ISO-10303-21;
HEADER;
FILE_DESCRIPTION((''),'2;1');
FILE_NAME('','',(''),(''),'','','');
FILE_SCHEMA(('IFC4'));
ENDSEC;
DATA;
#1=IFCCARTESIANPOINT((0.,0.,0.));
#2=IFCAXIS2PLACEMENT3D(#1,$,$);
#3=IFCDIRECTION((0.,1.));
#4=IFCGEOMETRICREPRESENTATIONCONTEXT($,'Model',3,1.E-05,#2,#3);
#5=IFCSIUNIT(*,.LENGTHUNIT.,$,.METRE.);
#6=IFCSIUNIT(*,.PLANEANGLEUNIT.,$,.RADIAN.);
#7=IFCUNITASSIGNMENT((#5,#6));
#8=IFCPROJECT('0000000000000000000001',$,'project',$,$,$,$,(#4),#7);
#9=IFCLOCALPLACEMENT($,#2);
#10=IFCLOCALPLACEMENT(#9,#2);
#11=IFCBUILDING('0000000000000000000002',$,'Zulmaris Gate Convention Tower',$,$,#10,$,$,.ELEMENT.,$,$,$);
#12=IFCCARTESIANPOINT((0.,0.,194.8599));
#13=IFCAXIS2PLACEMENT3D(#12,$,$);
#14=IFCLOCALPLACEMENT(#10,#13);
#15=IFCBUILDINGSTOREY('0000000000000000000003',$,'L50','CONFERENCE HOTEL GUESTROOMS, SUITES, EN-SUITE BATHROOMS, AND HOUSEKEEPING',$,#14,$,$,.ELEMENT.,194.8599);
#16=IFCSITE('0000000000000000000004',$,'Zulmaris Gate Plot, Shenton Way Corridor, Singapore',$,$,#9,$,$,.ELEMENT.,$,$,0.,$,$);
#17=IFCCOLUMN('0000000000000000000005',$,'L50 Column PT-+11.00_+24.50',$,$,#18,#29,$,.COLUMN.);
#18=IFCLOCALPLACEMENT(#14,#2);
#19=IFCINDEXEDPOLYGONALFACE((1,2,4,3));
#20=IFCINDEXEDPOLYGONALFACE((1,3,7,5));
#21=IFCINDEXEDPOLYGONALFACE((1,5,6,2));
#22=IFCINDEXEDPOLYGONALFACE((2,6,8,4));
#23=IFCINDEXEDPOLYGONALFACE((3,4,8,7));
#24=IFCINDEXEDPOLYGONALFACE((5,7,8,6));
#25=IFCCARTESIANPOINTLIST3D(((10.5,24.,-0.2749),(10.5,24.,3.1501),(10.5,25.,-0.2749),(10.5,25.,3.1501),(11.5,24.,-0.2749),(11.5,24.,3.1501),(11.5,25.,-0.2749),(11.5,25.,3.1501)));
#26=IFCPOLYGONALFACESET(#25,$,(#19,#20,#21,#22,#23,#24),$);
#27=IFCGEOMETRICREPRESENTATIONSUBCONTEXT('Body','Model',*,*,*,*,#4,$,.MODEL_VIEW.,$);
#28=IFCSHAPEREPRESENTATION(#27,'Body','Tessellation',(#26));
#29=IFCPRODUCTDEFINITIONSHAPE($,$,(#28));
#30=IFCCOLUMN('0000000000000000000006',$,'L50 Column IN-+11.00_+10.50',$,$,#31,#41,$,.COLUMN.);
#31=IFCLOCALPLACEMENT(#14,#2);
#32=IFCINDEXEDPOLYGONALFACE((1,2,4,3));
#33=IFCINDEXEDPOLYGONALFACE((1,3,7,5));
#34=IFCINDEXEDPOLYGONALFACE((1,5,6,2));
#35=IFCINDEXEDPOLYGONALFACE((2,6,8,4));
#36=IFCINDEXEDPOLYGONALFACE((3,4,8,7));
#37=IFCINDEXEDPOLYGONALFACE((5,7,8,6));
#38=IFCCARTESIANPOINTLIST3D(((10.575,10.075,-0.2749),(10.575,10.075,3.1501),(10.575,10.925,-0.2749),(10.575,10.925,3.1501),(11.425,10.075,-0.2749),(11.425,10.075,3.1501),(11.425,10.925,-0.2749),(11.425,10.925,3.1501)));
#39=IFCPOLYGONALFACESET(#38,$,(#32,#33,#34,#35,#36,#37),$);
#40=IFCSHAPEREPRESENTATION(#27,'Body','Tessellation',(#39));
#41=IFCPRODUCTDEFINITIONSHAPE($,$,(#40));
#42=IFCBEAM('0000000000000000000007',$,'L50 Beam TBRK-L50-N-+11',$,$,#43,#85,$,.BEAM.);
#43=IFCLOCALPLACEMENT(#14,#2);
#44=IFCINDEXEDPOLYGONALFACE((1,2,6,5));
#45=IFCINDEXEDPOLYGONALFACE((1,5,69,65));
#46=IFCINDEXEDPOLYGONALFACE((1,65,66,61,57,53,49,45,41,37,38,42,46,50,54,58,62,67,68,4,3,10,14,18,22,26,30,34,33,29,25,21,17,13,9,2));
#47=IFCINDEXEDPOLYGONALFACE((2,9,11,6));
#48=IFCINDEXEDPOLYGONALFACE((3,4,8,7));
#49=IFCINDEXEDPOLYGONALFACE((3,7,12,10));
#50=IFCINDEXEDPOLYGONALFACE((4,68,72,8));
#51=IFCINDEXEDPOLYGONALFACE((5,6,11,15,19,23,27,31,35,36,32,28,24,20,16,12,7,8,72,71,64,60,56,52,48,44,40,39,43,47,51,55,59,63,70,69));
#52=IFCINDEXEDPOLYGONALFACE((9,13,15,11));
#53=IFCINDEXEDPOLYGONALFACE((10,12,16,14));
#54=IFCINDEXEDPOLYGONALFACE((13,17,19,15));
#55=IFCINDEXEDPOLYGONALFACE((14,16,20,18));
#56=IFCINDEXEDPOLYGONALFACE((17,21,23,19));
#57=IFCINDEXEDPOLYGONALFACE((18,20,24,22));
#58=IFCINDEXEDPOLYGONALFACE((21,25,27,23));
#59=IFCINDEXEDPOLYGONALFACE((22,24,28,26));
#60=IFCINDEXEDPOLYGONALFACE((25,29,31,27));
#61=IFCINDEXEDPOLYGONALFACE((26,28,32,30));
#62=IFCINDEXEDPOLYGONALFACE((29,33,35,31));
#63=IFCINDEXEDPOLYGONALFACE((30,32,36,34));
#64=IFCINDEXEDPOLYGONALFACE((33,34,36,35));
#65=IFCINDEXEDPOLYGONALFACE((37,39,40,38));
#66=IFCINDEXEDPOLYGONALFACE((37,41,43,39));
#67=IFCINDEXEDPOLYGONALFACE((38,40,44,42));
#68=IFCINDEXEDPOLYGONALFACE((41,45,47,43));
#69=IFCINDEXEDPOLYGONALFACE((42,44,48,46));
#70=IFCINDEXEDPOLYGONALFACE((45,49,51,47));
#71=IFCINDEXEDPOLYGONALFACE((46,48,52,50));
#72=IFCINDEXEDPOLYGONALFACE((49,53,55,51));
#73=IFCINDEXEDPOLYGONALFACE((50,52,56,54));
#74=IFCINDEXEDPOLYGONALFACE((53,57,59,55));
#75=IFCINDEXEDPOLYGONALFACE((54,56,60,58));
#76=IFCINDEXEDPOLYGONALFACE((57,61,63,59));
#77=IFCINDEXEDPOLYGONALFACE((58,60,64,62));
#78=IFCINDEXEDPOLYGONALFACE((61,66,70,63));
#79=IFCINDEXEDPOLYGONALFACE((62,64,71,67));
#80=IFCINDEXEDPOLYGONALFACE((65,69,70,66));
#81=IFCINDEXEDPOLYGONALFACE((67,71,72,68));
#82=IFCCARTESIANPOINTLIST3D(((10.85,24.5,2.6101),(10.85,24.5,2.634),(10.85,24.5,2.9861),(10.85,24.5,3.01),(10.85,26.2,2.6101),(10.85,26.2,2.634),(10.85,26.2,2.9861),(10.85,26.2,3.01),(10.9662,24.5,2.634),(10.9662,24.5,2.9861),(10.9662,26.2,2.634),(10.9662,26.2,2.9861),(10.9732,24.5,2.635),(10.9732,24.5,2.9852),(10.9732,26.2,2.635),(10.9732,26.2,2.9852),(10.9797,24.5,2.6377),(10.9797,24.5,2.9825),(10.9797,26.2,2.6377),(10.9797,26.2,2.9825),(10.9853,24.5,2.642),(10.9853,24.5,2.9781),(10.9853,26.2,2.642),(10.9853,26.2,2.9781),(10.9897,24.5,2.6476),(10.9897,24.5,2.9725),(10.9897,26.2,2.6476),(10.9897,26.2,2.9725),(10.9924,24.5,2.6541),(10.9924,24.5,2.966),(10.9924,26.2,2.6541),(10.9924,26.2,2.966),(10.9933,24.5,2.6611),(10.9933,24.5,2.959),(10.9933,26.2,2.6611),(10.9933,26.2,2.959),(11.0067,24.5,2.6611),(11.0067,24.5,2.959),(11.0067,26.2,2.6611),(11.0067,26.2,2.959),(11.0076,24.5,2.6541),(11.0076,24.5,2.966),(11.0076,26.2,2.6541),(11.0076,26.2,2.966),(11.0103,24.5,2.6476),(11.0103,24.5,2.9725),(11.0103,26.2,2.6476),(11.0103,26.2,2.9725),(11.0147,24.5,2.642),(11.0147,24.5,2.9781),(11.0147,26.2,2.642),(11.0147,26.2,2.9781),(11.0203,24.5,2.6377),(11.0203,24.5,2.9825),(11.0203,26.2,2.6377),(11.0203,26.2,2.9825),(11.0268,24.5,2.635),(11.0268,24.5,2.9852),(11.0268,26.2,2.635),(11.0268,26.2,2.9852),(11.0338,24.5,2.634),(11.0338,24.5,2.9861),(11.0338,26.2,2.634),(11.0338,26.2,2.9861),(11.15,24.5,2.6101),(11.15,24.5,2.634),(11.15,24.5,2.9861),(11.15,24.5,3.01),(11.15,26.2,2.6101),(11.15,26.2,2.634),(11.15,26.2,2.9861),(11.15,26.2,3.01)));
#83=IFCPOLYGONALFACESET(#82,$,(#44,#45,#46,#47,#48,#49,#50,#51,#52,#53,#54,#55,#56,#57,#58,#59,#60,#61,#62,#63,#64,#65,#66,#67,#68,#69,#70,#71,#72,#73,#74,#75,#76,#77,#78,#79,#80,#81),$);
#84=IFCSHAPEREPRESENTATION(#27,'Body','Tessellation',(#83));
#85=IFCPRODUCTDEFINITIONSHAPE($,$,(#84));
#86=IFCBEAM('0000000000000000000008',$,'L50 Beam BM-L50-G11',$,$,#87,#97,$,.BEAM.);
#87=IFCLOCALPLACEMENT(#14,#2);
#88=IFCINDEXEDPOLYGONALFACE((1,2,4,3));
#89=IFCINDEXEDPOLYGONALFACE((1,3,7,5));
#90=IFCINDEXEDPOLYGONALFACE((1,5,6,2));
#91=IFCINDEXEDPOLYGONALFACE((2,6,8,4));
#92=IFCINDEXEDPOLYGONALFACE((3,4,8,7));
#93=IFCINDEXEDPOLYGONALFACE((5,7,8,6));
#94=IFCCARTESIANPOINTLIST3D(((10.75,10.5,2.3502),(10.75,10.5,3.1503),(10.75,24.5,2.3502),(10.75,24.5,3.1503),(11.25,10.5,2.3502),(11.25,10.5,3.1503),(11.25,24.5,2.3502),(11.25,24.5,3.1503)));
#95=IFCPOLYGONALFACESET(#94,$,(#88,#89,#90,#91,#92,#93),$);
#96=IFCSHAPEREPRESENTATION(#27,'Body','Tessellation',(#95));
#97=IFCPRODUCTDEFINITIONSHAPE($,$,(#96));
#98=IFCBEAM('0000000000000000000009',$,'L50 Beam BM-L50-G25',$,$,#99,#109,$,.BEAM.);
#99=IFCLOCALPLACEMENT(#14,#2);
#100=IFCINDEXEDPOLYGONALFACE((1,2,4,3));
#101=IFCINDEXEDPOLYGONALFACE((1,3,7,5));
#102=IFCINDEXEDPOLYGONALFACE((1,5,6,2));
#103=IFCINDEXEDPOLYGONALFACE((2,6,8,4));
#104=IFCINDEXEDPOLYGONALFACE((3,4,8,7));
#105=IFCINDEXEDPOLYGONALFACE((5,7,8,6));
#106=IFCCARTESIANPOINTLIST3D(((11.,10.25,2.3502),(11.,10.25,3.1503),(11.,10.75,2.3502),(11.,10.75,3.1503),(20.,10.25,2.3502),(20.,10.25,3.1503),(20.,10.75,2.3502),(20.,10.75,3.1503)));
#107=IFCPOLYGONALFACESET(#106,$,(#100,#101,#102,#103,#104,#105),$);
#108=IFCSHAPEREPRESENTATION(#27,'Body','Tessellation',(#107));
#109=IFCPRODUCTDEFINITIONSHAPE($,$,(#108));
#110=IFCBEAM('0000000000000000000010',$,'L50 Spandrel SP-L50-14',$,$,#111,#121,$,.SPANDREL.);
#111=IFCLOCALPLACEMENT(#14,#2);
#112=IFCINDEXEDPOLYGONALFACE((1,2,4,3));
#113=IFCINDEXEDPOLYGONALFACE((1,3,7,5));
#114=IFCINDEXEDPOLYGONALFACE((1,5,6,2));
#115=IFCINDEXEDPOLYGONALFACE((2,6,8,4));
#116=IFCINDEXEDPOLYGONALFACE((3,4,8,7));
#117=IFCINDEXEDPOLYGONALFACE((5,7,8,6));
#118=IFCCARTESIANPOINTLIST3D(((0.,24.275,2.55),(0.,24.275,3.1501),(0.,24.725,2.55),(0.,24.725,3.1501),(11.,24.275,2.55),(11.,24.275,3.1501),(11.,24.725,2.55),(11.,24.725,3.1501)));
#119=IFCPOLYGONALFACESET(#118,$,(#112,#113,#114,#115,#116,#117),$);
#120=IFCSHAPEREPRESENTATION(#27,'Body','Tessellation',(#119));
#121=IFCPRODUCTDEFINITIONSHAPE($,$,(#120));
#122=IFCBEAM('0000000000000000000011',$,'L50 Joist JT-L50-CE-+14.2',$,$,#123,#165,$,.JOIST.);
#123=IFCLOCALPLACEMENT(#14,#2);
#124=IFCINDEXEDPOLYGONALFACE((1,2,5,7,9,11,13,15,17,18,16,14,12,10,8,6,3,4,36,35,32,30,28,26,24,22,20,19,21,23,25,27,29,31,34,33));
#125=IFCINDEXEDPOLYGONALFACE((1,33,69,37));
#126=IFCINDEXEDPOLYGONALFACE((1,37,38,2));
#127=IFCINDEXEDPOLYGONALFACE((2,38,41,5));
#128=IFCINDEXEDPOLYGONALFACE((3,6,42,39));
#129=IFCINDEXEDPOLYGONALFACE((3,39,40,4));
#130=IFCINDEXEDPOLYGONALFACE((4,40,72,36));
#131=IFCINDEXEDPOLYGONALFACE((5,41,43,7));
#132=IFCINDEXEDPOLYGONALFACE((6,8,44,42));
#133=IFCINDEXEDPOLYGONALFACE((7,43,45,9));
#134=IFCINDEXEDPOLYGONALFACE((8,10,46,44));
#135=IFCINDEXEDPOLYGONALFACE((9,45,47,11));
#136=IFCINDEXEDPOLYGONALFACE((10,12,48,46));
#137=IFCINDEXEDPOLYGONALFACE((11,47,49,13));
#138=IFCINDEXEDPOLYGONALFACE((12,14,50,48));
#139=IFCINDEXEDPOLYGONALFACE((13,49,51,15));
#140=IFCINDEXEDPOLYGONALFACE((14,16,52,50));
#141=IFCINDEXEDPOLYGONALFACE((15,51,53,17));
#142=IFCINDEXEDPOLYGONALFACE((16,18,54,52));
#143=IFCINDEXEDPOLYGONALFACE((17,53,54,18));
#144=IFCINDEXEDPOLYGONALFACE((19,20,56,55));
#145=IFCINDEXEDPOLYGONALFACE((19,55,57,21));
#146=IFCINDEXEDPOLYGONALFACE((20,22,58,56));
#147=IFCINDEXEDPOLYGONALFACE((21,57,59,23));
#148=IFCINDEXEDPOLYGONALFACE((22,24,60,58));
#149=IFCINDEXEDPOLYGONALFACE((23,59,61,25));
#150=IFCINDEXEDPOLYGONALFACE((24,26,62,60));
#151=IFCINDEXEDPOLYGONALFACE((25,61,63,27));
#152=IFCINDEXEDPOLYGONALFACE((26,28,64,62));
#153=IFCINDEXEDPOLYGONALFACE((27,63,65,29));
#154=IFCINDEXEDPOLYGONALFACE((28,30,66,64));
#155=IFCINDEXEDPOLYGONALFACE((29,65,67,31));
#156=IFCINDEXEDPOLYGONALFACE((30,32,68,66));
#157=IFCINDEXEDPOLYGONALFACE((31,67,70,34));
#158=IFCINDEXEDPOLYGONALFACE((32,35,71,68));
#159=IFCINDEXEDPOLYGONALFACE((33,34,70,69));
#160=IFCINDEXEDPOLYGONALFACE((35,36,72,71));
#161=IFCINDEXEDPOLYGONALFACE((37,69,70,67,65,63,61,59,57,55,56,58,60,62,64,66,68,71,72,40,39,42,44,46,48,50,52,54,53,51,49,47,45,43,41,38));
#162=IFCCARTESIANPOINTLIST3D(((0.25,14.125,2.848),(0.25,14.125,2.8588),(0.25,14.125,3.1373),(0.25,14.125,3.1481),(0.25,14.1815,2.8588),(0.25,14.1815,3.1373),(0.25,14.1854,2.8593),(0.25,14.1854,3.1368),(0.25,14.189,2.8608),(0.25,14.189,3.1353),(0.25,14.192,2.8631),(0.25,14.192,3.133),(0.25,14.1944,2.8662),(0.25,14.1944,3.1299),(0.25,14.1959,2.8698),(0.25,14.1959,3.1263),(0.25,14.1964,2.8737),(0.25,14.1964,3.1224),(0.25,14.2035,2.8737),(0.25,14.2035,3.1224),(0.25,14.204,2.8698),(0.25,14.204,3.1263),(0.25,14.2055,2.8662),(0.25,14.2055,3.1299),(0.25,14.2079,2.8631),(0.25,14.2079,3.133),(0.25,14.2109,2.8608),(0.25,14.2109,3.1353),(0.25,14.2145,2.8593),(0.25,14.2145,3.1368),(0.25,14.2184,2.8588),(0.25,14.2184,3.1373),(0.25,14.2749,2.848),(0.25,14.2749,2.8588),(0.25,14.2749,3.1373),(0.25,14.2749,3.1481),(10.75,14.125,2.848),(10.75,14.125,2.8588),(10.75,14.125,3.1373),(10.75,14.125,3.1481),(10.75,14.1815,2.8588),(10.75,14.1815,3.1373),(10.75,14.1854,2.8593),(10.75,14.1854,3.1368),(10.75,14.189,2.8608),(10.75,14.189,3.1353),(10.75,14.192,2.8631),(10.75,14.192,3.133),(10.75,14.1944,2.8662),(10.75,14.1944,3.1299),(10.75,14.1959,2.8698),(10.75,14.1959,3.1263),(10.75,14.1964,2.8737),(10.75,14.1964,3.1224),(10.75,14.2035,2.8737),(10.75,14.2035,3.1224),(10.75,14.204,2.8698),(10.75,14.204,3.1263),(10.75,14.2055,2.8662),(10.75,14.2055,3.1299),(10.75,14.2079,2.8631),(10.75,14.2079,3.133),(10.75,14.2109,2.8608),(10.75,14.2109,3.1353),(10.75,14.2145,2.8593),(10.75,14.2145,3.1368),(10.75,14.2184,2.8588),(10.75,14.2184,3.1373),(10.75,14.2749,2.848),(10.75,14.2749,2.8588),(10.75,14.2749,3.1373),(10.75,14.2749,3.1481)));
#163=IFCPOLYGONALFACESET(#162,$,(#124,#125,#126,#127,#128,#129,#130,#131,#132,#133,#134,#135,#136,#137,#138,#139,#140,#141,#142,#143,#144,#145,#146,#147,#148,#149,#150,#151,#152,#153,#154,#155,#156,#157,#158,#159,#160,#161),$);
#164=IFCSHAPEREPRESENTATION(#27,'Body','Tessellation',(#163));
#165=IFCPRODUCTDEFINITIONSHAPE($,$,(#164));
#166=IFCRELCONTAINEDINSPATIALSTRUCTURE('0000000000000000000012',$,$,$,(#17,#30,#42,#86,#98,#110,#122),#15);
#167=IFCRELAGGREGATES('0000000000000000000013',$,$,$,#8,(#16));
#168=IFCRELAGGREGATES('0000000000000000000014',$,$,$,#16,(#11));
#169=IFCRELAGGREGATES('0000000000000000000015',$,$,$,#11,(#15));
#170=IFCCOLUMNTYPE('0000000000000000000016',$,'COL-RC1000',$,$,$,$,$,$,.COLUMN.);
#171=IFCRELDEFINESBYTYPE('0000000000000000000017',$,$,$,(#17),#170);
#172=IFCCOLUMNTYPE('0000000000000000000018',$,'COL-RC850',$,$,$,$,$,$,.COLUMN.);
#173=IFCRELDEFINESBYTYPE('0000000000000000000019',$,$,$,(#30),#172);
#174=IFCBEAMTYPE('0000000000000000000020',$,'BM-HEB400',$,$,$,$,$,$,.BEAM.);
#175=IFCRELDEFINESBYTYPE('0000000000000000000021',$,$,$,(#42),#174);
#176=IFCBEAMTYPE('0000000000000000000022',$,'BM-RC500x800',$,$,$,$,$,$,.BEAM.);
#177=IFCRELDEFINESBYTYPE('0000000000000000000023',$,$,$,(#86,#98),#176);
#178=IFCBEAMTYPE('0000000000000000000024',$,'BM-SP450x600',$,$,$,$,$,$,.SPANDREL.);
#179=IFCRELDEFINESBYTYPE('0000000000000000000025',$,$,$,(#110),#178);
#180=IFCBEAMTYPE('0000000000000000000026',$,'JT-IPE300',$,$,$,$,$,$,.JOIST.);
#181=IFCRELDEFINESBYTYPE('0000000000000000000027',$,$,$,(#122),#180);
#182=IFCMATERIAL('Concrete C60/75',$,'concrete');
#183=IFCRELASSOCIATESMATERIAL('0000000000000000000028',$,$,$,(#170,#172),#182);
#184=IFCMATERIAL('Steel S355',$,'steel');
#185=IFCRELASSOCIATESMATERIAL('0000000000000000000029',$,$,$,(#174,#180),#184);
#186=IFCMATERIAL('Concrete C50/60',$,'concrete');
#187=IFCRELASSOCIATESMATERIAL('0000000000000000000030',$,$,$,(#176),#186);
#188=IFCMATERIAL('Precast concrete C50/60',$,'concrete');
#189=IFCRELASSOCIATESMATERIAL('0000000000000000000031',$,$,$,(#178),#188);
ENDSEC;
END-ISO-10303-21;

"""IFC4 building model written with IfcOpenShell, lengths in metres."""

from ifc_helpers import new_model, si_unit, direction, frame, origin, origin_2d, place, context, subcontext, project, spatial, rectangle, i_section, extrude, material, material_profile, profile_set, type_object, element, save


model = new_model("IFC4")

# Units and contexts
model_context = context("Model", 3, precision=1e-05, world=origin(), true_north=direction((0.0, 1.0)))
body_context = subcontext(model_context, "Body", "Model", "MODEL_VIEW")
ifc_project = project(units=[si_unit("LENGTHUNIT", "METRE"), si_unit("PLANEANGLEUNIT", "RADIAN")], contexts=[model_context])

# Site, building, storey
site_placement = place(None, origin())
site = spatial("IfcSite", under=ifc_project, at=site_placement, Name="Zulmaris Gate Plot, Shenton Way Corridor, Singapore", CompositionType="ELEMENT", RefElevation=0.0)
building_placement = place(site_placement, origin())
building = spatial("IfcBuilding", under=site, at=building_placement, Name="Zulmaris Gate Convention Tower", CompositionType="ELEMENT")
storey_placement = place(building_placement, frame((0.0, 0.0, 194.8599)))
storey = spatial("IfcBuildingStorey", under=building, at=storey_placement, Name="L50", Description="CONFERENCE HOTEL GUESTROOMS, SUITES, EN-SUITE BATHROOMS, AND HOUSEKEEPING", CompositionType="ELEMENT", Elevation=194.8599)

# Columns
ifc_material_1 = material(Name="Concrete C60/75", Category="concrete")
ifc_material_profile_1 = material_profile(ifc_material_1, rectangle(XDim=1.0, YDim=1.0, at=origin_2d()), Name="RC COL 1000x1000")
ifc_profile_set_1 = profile_set([ifc_material_profile_1], Name="Concrete C60/75")
column_type_1 = type_object("IfcColumnType", Name="COL-RC1000", PredefinedType="COLUMN", material=ifc_profile_set_1)
column_1_placement = place(storey_placement, frame((11.0, 24.5, -0.2749), z_axis=(0.0, 0.0, 1.0), x_axis=(1.0, 0.0, 0.0)))
element("IfcColumn", 1, at=column_1_placement, inside=storey, type_object=column_type_1, Name="L50 Column PT-+11.00_+24.50", PredefinedType="COLUMN", context=body_context, shape_type="SweptSolid", body=[
    extrude(rectangle(XDim=1.0, YDim=1.0, at=origin_2d()), origin(), (0.0, 0.0, 1.0), 3.425),
])
ifc_material_profile_2 = material_profile(ifc_material_1, rectangle(XDim=0.8501, YDim=0.8501, at=origin_2d()), Name="RC COL 850x850")
ifc_profile_set_2 = profile_set([ifc_material_profile_2], Name="Concrete C60/75")
column_type_2 = type_object("IfcColumnType", Name="COL-RC850", PredefinedType="COLUMN", material=ifc_profile_set_2)
column_2_placement = place(storey_placement, frame((11.0, 10.5, -0.2749), z_axis=(0.0, 0.0, 1.0), x_axis=(1.0, 0.0, 0.0)))
element("IfcColumn", 2, at=column_2_placement, inside=storey, type_object=column_type_2, Name="L50 Column IN-+11.00_+10.50", PredefinedType="COLUMN", context=body_context, shape_type="SweptSolid", body=[
    extrude(rectangle(XDim=0.8501, YDim=0.8501, at=origin_2d()), origin(), (0.0, 0.0, 1.0), 3.425),
])

# Beams
ifc_material_2 = material(Name="Steel S355", Category="steel")
ifc_material_profile_3 = material_profile(ifc_material_2, i_section(OverallWidth=0.3, OverallDepth=0.3999, WebThickness=0.0134, FlangeThickness=0.0239, FilletRadius=0.0271, at=origin_2d()), Name="HEB 400")
ifc_profile_set_3 = profile_set([ifc_material_profile_3], Name="Steel S355")
beam_type_1 = type_object("IfcBeamType", Name="BM-HEB400", PredefinedType="BEAM", material=ifc_profile_set_3)
beam_1_placement = place(storey_placement, frame((11.0, 24.5, 2.8101), z_axis=(0.0, 1.0, 0.0), x_axis=(-1.0, 0.0, 0.0)))
element("IfcBeam", 3, at=beam_1_placement, inside=storey, type_object=beam_type_1, Name="L50 Beam TBRK-L50-N-+11", PredefinedType="BEAM", context=body_context, shape_type="SweptSolid", body=[
    extrude(i_section(OverallWidth=0.3, OverallDepth=0.3999, WebThickness=0.0134, FlangeThickness=0.0239, FilletRadius=0.0271, at=origin_2d()), origin(), (0.0, 0.0, 1.0), 1.7),
])
ifc_material_3 = material(Name="Concrete C50/60", Category="concrete")
ifc_material_profile_4 = material_profile(ifc_material_3, rectangle(XDim=0.5, YDim=0.8, at=origin_2d()), Name="RC BEAM 500x800")
ifc_profile_set_4 = profile_set([ifc_material_profile_4], Name="Concrete C50/60")
beam_type_2 = type_object("IfcBeamType", Name="BM-RC500x800", PredefinedType="BEAM", material=ifc_profile_set_4)
beam_2_placement = place(storey_placement, frame((11.0, 10.5, 2.7502), z_axis=(0.0, 1.0, 0.0), x_axis=(-1.0, 0.0, 0.0)))
element("IfcBeam", 4, at=beam_2_placement, inside=storey, type_object=beam_type_2, Name="L50 Beam BM-L50-G11", PredefinedType="BEAM", context=body_context, shape_type="SweptSolid", body=[
    extrude(rectangle(XDim=0.5, YDim=0.8, at=origin_2d()), origin(), (0.0, 0.0, 1.0), 14.0),
])
beam_3_placement = place(storey_placement, frame((11.0, 10.5, 2.7502), z_axis=(1.0, 0.0, 0.0), x_axis=(0.0, 1.0, 0.0)))
element("IfcBeam", 5, at=beam_3_placement, inside=storey, type_object=beam_type_2, Name="L50 Beam BM-L50-G25", PredefinedType="BEAM", context=body_context, shape_type="SweptSolid", body=[
    extrude(rectangle(XDim=0.5, YDim=0.8, at=origin_2d()), origin(), (0.0, 0.0, 1.0), 9.0),
])
ifc_material_4 = material(Name="Precast concrete C50/60", Category="concrete")
ifc_material_profile_5 = material_profile(ifc_material_4, rectangle(XDim=0.45, YDim=0.6001, at=origin_2d()), Name="RC SPANDREL 450x600")
ifc_profile_set_5 = profile_set([ifc_material_profile_5], Name="Precast concrete C50/60")
beam_type_3 = type_object("IfcBeamType", Name="BM-SP450x600", PredefinedType="SPANDREL", material=ifc_profile_set_5)
beam_4_placement = place(storey_placement, frame((11.0, 24.5, 2.8501), z_axis=(-1.0, 0.0, 0.0), x_axis=(0.0, -1.0, 0.0)))
element("IfcBeam", 6, at=beam_4_placement, inside=storey, type_object=beam_type_3, Name="L50 Spandrel SP-L50-14", PredefinedType="SPANDREL", context=body_context, shape_type="SweptSolid", body=[
    extrude(rectangle(XDim=0.45, YDim=0.6001, at=origin_2d()), origin(), (0.0, 0.0, 1.0), 11.0),
])
ifc_material_profile_6 = material_profile(ifc_material_2, i_section(OverallWidth=0.1499, OverallDepth=0.3, WebThickness=0.0071, FlangeThickness=0.0107, FilletRadius=0.0149, at=origin_2d()), Name="IPE 300")
ifc_profile_set_6 = profile_set([ifc_material_profile_6], Name="Steel S355")
beam_type_4 = type_object("IfcBeamType", Name="JT-IPE300", PredefinedType="JOIST", material=ifc_profile_set_6)
for number, where, z_axis, x_axis, name in (
    (7, (0.25, 14.2, 2.998), (1.0, 0.0, 0.0), (0.0, 1.0, 0.0), "L50 Joist JT-L50-CE-+14.2"),
):
    element("IfcBeam", number, at=place(storey_placement, frame(where, z_axis=z_axis, x_axis=x_axis)), inside=storey, type_object=beam_type_4, Name=name, PredefinedType="JOIST", context=body_context, shape_type="SweptSolid", body=[
        extrude(i_section(OverallWidth=0.1499, OverallDepth=0.3, WebThickness=0.0071, FlangeThickness=0.0107, FilletRadius=0.0149, at=origin_2d()), origin(), (0.0, 0.0, 1.0), 10.5),
    ])

save(model, "model.ifc")
